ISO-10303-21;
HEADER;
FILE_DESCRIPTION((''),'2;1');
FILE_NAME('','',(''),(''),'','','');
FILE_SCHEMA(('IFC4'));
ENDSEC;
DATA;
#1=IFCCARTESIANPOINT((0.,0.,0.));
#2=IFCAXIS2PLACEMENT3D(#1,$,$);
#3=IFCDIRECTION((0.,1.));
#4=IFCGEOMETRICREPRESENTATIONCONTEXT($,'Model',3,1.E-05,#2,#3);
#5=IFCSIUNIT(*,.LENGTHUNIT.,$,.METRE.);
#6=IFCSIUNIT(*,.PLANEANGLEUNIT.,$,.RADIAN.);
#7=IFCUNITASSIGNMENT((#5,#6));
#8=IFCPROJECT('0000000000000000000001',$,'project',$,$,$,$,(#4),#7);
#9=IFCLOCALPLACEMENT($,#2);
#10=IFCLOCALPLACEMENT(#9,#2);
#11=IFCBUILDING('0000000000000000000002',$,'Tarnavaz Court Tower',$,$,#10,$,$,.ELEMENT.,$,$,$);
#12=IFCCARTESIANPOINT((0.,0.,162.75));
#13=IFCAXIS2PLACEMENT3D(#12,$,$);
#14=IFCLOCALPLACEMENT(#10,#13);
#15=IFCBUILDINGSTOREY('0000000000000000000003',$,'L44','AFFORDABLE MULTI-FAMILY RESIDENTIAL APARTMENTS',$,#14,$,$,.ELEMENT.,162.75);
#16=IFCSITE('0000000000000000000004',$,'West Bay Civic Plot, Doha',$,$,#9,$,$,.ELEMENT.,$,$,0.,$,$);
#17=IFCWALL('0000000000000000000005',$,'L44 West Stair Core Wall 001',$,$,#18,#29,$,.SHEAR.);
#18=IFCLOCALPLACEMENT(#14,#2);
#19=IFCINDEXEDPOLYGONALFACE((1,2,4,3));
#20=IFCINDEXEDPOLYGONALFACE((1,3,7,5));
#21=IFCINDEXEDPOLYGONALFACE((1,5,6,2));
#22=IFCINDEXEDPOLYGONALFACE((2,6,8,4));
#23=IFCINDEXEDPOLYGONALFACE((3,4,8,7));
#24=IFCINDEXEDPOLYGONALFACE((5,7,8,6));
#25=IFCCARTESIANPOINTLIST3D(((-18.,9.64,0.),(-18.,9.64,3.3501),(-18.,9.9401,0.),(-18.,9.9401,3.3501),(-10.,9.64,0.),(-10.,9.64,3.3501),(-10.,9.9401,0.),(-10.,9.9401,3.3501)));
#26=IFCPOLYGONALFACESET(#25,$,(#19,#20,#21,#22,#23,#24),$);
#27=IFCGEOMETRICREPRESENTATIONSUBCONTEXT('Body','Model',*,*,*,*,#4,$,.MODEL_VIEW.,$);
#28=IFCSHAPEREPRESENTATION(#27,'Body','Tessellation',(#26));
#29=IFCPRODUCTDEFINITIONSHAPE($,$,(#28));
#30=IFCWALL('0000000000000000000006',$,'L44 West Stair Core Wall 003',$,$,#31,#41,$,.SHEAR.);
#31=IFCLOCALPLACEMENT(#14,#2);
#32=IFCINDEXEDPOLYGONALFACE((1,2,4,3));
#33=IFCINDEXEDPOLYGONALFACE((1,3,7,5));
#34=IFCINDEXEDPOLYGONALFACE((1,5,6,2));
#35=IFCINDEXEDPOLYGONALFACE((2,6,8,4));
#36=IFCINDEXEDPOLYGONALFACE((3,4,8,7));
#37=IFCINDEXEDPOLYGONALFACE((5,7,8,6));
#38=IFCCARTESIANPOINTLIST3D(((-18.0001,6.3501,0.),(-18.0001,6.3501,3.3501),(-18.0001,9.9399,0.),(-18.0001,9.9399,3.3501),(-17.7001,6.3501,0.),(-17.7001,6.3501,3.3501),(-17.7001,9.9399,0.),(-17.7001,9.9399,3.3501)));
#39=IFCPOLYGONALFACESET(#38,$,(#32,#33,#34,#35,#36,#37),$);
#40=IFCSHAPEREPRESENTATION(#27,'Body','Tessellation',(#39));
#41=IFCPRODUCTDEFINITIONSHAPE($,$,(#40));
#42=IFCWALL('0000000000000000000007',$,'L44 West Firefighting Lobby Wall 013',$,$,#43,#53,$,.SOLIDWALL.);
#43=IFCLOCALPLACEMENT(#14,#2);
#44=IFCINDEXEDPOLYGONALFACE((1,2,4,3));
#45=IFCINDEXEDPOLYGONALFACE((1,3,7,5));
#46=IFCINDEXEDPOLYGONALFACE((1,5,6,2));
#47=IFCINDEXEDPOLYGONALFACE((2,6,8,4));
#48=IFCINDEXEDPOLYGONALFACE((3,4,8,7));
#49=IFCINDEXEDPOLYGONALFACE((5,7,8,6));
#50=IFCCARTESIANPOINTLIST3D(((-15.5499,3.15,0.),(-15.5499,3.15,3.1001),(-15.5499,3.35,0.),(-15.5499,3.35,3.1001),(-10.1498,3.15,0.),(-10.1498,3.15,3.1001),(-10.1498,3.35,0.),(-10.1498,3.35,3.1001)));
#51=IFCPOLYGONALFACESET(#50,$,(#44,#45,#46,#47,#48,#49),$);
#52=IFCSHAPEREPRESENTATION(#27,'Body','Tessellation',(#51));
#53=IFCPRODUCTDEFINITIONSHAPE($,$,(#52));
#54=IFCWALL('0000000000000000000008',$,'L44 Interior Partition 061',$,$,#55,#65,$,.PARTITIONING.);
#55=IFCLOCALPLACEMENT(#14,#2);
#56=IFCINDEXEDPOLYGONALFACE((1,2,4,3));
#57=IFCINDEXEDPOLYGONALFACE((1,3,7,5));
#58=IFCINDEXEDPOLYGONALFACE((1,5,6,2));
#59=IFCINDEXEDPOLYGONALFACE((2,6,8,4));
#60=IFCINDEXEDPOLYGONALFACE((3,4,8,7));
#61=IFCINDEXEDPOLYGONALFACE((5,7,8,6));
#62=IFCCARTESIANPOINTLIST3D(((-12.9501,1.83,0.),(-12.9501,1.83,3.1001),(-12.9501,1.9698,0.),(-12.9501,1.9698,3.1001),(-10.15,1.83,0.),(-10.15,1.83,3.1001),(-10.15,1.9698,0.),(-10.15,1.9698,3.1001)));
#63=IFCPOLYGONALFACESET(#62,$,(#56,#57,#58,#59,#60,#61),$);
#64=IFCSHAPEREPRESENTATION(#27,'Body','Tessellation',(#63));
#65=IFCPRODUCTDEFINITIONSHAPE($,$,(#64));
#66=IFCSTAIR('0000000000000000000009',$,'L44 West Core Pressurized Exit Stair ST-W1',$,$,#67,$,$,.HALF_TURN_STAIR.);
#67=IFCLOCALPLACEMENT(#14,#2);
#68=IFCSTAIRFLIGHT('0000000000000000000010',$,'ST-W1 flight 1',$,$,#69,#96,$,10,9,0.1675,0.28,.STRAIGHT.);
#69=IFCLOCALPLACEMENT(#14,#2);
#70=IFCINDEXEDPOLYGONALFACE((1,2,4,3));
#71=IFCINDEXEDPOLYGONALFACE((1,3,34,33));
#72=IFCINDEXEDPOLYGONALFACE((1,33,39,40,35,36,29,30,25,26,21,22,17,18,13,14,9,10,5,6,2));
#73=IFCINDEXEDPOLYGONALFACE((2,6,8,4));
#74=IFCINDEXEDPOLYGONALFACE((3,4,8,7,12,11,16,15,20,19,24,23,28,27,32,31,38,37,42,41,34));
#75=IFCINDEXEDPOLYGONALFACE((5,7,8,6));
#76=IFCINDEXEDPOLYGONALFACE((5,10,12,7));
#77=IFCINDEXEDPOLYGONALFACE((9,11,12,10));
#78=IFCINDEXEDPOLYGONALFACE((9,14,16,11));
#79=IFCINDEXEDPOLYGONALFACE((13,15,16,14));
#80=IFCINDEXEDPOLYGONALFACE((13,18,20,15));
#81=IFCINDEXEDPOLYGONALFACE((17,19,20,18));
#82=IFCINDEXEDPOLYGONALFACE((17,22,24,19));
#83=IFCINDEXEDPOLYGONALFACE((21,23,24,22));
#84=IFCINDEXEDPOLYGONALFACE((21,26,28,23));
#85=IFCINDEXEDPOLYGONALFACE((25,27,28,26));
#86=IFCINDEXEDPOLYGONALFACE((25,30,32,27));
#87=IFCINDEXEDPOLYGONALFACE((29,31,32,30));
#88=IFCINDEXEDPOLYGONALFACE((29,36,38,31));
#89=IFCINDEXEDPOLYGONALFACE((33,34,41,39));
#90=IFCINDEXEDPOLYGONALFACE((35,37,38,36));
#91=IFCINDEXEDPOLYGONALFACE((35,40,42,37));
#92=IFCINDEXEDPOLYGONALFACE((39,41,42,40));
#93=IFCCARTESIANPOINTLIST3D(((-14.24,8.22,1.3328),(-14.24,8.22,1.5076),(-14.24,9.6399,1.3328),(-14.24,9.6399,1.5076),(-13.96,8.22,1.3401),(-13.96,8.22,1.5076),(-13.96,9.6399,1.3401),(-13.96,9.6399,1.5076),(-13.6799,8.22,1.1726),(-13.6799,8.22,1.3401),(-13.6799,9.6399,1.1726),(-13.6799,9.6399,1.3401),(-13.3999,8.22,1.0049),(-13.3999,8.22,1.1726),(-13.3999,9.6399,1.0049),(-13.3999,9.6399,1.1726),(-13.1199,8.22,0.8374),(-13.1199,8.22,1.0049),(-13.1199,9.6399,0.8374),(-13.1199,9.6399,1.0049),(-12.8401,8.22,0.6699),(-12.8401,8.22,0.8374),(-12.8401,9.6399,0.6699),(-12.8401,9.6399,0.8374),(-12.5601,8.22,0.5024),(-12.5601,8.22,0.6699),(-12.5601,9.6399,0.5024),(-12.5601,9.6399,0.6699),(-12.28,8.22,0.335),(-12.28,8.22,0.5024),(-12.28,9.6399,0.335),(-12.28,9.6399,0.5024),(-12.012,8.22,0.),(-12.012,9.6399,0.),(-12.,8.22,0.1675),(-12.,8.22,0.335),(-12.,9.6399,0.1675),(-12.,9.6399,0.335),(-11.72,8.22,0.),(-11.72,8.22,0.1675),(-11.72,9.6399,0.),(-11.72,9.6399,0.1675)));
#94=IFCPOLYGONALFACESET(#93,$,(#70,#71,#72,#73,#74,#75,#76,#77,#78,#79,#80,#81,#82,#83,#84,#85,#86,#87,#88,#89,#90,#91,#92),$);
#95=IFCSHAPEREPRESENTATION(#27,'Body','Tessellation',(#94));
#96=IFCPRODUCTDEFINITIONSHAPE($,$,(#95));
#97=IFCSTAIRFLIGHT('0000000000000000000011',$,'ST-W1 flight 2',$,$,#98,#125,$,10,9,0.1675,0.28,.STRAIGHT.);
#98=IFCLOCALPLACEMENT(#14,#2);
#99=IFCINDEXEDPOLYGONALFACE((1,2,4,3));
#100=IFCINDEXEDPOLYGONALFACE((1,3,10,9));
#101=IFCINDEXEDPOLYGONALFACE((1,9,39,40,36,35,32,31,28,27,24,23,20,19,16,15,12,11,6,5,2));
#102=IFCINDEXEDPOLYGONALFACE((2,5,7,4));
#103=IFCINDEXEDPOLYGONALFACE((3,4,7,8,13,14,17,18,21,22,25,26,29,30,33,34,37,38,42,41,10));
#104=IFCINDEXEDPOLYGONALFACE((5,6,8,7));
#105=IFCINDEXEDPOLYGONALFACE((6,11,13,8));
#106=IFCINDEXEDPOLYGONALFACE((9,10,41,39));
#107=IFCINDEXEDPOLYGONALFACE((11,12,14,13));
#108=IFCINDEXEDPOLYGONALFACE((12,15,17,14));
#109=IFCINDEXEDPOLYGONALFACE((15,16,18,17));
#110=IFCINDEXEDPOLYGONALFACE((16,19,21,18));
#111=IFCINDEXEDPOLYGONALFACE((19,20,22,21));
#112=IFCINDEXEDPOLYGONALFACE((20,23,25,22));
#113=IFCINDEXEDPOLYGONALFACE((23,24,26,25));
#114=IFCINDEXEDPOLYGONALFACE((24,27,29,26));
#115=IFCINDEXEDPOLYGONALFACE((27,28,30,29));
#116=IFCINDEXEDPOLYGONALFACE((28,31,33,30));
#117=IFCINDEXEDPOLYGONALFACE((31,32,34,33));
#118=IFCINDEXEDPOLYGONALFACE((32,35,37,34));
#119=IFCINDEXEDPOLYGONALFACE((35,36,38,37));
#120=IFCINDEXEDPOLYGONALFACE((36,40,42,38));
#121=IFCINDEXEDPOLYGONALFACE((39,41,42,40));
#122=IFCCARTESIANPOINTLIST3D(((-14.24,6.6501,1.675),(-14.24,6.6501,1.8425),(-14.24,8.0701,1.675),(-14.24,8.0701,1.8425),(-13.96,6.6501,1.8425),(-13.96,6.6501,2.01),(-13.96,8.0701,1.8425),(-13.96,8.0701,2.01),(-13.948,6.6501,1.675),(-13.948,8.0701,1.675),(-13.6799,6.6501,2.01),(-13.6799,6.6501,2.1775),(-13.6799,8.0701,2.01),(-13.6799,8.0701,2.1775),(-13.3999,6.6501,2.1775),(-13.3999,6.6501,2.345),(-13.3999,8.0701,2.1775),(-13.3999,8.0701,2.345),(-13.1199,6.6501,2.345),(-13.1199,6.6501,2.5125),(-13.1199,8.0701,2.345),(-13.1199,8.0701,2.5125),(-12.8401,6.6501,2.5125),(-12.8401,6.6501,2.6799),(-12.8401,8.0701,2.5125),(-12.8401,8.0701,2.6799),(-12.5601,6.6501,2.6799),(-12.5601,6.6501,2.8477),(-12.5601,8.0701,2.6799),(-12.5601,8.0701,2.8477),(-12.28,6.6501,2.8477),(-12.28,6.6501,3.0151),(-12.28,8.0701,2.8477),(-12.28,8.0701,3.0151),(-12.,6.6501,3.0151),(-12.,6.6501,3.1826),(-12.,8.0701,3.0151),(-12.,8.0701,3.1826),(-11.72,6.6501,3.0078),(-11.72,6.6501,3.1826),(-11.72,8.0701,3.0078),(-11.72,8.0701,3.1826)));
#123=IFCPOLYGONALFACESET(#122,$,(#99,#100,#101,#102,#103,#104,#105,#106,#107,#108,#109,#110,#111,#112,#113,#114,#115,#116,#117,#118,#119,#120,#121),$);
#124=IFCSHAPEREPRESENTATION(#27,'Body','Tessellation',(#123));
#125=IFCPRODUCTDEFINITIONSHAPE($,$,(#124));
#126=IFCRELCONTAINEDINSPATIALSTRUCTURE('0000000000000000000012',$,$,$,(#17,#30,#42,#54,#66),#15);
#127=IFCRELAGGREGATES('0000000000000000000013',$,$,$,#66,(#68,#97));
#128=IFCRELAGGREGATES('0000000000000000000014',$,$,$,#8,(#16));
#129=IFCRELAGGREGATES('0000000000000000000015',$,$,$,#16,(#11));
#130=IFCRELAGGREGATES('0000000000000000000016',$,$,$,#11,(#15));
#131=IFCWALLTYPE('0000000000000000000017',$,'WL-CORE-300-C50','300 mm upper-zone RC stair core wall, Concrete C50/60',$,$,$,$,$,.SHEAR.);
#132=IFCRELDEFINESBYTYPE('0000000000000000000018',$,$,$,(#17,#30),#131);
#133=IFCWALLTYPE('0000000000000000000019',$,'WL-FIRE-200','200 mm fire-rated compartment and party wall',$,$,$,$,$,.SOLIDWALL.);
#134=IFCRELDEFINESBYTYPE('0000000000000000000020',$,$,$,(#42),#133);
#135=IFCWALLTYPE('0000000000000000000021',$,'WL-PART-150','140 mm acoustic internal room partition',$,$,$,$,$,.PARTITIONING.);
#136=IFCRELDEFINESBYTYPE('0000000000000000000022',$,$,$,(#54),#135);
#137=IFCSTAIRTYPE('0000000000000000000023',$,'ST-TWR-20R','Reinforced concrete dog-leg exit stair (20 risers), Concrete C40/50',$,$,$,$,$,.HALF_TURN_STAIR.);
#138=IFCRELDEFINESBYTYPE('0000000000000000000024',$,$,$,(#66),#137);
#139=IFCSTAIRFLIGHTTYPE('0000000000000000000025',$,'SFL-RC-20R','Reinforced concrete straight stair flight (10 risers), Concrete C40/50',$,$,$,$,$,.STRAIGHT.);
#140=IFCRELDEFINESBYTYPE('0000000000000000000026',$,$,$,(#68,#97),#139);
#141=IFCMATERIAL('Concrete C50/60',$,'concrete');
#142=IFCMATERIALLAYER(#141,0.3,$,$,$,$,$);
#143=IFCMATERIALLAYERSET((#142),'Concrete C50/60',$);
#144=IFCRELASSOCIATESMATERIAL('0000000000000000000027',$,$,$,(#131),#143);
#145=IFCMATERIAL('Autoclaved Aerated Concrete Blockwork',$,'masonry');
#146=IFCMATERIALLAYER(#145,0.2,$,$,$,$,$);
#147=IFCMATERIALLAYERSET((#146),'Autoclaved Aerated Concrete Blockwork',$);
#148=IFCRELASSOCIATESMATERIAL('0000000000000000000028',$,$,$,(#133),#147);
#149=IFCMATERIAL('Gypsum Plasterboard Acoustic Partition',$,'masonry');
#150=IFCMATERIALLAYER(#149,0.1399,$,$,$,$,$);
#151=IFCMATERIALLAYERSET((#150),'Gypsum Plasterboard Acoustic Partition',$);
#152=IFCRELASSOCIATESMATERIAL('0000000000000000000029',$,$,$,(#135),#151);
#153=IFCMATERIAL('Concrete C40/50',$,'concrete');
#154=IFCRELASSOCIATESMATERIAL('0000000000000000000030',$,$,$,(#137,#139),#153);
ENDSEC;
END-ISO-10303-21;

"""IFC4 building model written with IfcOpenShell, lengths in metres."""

from ifc_helpers import new_model, si_unit, direction, frame, frame_2d, origin, place, context, subcontext, project, spatial, polyline, rectangle, outline, extrude, material, layer, layer_set, type_object, element, aggregate, save


model = new_model("IFC4")

# Units and contexts
model_context = context("Model", 3, precision=1e-05, world=origin(), true_north=direction((0.0, 1.0)))
body_context = subcontext(model_context, "Body", "Model", "MODEL_VIEW")
ifc_project = project(units=[si_unit("LENGTHUNIT", "METRE"), si_unit("PLANEANGLEUNIT", "RADIAN")], contexts=[model_context])

# Site, building, storey
site_placement = place(None, origin())
site = spatial("IfcSite", under=ifc_project, at=site_placement, Name="West Bay Civic Plot, Doha", CompositionType="ELEMENT", RefElevation=0.0)
building_placement = place(site_placement, origin())
building = spatial("IfcBuilding", under=site, at=building_placement, Name="Tarnavaz Court Tower", CompositionType="ELEMENT")
storey_placement = place(building_placement, frame((0.0, 0.0, 162.75)))
storey = spatial("IfcBuildingStorey", under=building, at=storey_placement, Name="L44", Description="AFFORDABLE MULTI-FAMILY RESIDENTIAL APARTMENTS", CompositionType="ELEMENT", Elevation=162.75)

# Shared definitions
ifc_material_1 = material(Name="Concrete C50/60", Category="concrete")

# Wall
ifc_layer_1 = layer(ifc_material_1, 0.3)
ifc_layer_set_1 = layer_set([ifc_layer_1], Name="Concrete C50/60")
wall_type_1 = type_object("IfcWallType", Name="WL-CORE-300-C50", Description="300 mm upper-zone RC stair core wall, Concrete C50/60", PredefinedType="SHEAR", material=ifc_layer_set_1)
wall_1_placement = place(storey_placement, frame((-18.0, 9.79, 0.0), z_axis=(0.0, 0.0, 1.0), x_axis=(1.0, 0.0, 0.0)))
element("IfcWall", 1, at=wall_1_placement, inside=storey, type_object=wall_type_1, Name="L44 West Stair Core Wall 001", PredefinedType="SHEAR", context=body_context, shape_type="SweptSolid", body=[
    extrude(rectangle(XDim=8.0, YDim=0.3, at=frame_2d((4.0, 0.0))), origin(), (0.0, 0.0, 1.0), 3.3501),
])

# Walls
wall_2_placement = place(storey_placement, frame((-17.8501, 6.3501, 0.0), z_axis=(0.0, 0.0, 1.0), x_axis=(0.0, 1.0, 0.0)))
element("IfcWall", 2, at=wall_2_placement, inside=storey, type_object=wall_type_1, Name="L44 West Stair Core Wall 003", PredefinedType="SHEAR", context=body_context, shape_type="SweptSolid", body=[
    extrude(rectangle(XDim=3.5898, YDim=0.3, at=frame_2d((1.7949, 0.0))), origin(), (0.0, 0.0, 1.0), 3.3501),
])
ifc_material_2 = material(Name="Autoclaved Aerated Concrete Blockwork", Category="masonry")
ifc_layer_2 = layer(ifc_material_2, 0.2)
ifc_layer_set_2 = layer_set([ifc_layer_2], Name="Autoclaved Aerated Concrete Blockwork")
wall_type_2 = type_object("IfcWallType", Name="WL-FIRE-200", Description="200 mm fire-rated compartment and party wall", PredefinedType="SOLIDWALL", material=ifc_layer_set_2)
wall_3_placement = place(storey_placement, frame((-15.55, 3.25, 0.0), z_axis=(0.0, 0.0, 1.0), x_axis=(1.0, 0.0, 0.0)))
element("IfcWall", 3, at=wall_3_placement, inside=storey, type_object=wall_type_2, Name="L44 West Firefighting Lobby Wall 013", PredefinedType="SOLIDWALL", context=body_context, shape_type="SweptSolid", body=[
    extrude(rectangle(XDim=5.4001, YDim=0.2, at=frame_2d((2.7002, 0.0))), origin(), (0.0, 0.0, 1.0), 3.1001),
])
ifc_material_3 = material(Name="Gypsum Plasterboard Acoustic Partition", Category="masonry")
ifc_layer_3 = layer(ifc_material_3, 0.1399)
ifc_layer_set_3 = layer_set([ifc_layer_3], Name="Gypsum Plasterboard Acoustic Partition")
wall_type_3 = type_object("IfcWallType", Name="WL-PART-150", Description="140 mm acoustic internal room partition", PredefinedType="PARTITIONING", material=ifc_layer_set_3)
wall_4_placement = place(storey_placement, frame((-12.95, 1.8999, 0.0), z_axis=(0.0, 0.0, 1.0), x_axis=(1.0, 0.0, 0.0)))
element("IfcWall", 4, at=wall_4_placement, inside=storey, type_object=wall_type_3, Name="L44 Interior Partition 061", PredefinedType="PARTITIONING", context=body_context, shape_type="SweptSolid", body=[
    extrude(rectangle(XDim=2.8, YDim=0.1399, at=frame_2d((1.3999, 0.0))), origin(), (0.0, 0.0, 1.0), 3.1001),
])

# Stair, stair flights
ifc_material_4 = material(Name="Concrete C40/50", Category="concrete")
stair_type = type_object("IfcStairType", Name="ST-TWR-20R", Description="Reinforced concrete dog-leg exit stair (20 risers), Concrete C40/50", PredefinedType="HALF_TURN_STAIR", material=ifc_material_4)
stair_placement = place(storey_placement, origin())
stair = element("IfcStair", 5, at=stair_placement, inside=storey, type_object=stair_type, Name="L44 West Core Pressurized Exit Stair ST-W1", PredefinedType="HALF_TURN_STAIR")
stair_flight_type = type_object("IfcStairFlightType", Name="SFL-RC-20R", Description="Reinforced concrete straight stair flight (10 risers), Concrete C40/50", PredefinedType="STRAIGHT", material=ifc_material_4)
stair_flight_1_placement = place(storey_placement, frame((-11.72, 8.9299, 0.0), z_axis=(0.0, 0.0, 1.0), x_axis=(-1.0, 0.0, 0.0)))
stair_flight_1 = element("IfcStairFlight", 6, at=stair_flight_1_placement, type_object=stair_flight_type, Name="ST-W1 flight 1", NumberOfRisers=10, NumberOfTreads=9, PredefinedType="STRAIGHT", RiserHeight=0.1675, TreadLength=0.28, context=body_context, shape_type="SweptSolid", body=[
    extrude(outline(polyline([(0.0, 0.0), (0.0, 0.1675), (0.28, 0.1675), (0.28, 0.335), (0.5601, 0.335), (0.5601, 0.5024), (0.8401, 0.5024), (0.8401, 0.6699), (1.1201, 0.6699), (1.1201, 0.8374), (1.3999, 0.8374), (1.3999, 1.0049), (1.6799, 1.0049), (1.6799, 1.1726), (1.96, 1.1726), (1.96, 1.3401), (2.24, 1.3401), (2.24, 1.5076), (2.52, 1.5076), (2.52, 1.675), (2.52, 1.3328), (0.292, 0.0), (0.0, 0.0)])), frame((0.0, 0.71, 0.0), z_axis=(0.0, -1.0, 0.0), x_axis=(1.0, 0.0, 0.0)), (0.0, 0.0, 1.0), 1.4199),
])
stair_flight_2_placement = place(storey_placement, frame((-14.24, 7.3601, 1.675), z_axis=(0.0, 0.0, 1.0), x_axis=(1.0, 0.0, 0.0)))
stair_flight_2 = element("IfcStairFlight", 7, at=stair_flight_2_placement, type_object=stair_flight_type, Name="ST-W1 flight 2", NumberOfRisers=10, NumberOfTreads=9, PredefinedType="STRAIGHT", RiserHeight=0.1675, TreadLength=0.28, context=body_context, shape_type="SweptSolid", body=[
    extrude(outline(polyline([(0.0, 0.0), (0.0, 0.1675), (0.28, 0.1675), (0.28, 0.335), (0.5601, 0.335), (0.5601, 0.5024), (0.8401, 0.5024), (0.8401, 0.6699), (1.1201, 0.6699), (1.1201, 0.8374), (1.3999, 0.8374), (1.3999, 1.0049), (1.6799, 1.0049), (1.6799, 1.1726), (1.96, 1.1726), (1.96, 1.3401), (2.24, 1.3401), (2.24, 1.5076), (2.52, 1.5076), (2.52, 1.675), (2.52, 1.3328), (0.292, 0.0), (0.0, 0.0)])), frame((0.0, 0.71, 0.0), z_axis=(0.0, -1.0, 0.0), x_axis=(1.0, 0.0, 0.0)), (0.0, 0.0, 1.0), 1.4199),
])
aggregate(stair, [stair_flight_1, stair_flight_2])

save(model, "model.ifc")
